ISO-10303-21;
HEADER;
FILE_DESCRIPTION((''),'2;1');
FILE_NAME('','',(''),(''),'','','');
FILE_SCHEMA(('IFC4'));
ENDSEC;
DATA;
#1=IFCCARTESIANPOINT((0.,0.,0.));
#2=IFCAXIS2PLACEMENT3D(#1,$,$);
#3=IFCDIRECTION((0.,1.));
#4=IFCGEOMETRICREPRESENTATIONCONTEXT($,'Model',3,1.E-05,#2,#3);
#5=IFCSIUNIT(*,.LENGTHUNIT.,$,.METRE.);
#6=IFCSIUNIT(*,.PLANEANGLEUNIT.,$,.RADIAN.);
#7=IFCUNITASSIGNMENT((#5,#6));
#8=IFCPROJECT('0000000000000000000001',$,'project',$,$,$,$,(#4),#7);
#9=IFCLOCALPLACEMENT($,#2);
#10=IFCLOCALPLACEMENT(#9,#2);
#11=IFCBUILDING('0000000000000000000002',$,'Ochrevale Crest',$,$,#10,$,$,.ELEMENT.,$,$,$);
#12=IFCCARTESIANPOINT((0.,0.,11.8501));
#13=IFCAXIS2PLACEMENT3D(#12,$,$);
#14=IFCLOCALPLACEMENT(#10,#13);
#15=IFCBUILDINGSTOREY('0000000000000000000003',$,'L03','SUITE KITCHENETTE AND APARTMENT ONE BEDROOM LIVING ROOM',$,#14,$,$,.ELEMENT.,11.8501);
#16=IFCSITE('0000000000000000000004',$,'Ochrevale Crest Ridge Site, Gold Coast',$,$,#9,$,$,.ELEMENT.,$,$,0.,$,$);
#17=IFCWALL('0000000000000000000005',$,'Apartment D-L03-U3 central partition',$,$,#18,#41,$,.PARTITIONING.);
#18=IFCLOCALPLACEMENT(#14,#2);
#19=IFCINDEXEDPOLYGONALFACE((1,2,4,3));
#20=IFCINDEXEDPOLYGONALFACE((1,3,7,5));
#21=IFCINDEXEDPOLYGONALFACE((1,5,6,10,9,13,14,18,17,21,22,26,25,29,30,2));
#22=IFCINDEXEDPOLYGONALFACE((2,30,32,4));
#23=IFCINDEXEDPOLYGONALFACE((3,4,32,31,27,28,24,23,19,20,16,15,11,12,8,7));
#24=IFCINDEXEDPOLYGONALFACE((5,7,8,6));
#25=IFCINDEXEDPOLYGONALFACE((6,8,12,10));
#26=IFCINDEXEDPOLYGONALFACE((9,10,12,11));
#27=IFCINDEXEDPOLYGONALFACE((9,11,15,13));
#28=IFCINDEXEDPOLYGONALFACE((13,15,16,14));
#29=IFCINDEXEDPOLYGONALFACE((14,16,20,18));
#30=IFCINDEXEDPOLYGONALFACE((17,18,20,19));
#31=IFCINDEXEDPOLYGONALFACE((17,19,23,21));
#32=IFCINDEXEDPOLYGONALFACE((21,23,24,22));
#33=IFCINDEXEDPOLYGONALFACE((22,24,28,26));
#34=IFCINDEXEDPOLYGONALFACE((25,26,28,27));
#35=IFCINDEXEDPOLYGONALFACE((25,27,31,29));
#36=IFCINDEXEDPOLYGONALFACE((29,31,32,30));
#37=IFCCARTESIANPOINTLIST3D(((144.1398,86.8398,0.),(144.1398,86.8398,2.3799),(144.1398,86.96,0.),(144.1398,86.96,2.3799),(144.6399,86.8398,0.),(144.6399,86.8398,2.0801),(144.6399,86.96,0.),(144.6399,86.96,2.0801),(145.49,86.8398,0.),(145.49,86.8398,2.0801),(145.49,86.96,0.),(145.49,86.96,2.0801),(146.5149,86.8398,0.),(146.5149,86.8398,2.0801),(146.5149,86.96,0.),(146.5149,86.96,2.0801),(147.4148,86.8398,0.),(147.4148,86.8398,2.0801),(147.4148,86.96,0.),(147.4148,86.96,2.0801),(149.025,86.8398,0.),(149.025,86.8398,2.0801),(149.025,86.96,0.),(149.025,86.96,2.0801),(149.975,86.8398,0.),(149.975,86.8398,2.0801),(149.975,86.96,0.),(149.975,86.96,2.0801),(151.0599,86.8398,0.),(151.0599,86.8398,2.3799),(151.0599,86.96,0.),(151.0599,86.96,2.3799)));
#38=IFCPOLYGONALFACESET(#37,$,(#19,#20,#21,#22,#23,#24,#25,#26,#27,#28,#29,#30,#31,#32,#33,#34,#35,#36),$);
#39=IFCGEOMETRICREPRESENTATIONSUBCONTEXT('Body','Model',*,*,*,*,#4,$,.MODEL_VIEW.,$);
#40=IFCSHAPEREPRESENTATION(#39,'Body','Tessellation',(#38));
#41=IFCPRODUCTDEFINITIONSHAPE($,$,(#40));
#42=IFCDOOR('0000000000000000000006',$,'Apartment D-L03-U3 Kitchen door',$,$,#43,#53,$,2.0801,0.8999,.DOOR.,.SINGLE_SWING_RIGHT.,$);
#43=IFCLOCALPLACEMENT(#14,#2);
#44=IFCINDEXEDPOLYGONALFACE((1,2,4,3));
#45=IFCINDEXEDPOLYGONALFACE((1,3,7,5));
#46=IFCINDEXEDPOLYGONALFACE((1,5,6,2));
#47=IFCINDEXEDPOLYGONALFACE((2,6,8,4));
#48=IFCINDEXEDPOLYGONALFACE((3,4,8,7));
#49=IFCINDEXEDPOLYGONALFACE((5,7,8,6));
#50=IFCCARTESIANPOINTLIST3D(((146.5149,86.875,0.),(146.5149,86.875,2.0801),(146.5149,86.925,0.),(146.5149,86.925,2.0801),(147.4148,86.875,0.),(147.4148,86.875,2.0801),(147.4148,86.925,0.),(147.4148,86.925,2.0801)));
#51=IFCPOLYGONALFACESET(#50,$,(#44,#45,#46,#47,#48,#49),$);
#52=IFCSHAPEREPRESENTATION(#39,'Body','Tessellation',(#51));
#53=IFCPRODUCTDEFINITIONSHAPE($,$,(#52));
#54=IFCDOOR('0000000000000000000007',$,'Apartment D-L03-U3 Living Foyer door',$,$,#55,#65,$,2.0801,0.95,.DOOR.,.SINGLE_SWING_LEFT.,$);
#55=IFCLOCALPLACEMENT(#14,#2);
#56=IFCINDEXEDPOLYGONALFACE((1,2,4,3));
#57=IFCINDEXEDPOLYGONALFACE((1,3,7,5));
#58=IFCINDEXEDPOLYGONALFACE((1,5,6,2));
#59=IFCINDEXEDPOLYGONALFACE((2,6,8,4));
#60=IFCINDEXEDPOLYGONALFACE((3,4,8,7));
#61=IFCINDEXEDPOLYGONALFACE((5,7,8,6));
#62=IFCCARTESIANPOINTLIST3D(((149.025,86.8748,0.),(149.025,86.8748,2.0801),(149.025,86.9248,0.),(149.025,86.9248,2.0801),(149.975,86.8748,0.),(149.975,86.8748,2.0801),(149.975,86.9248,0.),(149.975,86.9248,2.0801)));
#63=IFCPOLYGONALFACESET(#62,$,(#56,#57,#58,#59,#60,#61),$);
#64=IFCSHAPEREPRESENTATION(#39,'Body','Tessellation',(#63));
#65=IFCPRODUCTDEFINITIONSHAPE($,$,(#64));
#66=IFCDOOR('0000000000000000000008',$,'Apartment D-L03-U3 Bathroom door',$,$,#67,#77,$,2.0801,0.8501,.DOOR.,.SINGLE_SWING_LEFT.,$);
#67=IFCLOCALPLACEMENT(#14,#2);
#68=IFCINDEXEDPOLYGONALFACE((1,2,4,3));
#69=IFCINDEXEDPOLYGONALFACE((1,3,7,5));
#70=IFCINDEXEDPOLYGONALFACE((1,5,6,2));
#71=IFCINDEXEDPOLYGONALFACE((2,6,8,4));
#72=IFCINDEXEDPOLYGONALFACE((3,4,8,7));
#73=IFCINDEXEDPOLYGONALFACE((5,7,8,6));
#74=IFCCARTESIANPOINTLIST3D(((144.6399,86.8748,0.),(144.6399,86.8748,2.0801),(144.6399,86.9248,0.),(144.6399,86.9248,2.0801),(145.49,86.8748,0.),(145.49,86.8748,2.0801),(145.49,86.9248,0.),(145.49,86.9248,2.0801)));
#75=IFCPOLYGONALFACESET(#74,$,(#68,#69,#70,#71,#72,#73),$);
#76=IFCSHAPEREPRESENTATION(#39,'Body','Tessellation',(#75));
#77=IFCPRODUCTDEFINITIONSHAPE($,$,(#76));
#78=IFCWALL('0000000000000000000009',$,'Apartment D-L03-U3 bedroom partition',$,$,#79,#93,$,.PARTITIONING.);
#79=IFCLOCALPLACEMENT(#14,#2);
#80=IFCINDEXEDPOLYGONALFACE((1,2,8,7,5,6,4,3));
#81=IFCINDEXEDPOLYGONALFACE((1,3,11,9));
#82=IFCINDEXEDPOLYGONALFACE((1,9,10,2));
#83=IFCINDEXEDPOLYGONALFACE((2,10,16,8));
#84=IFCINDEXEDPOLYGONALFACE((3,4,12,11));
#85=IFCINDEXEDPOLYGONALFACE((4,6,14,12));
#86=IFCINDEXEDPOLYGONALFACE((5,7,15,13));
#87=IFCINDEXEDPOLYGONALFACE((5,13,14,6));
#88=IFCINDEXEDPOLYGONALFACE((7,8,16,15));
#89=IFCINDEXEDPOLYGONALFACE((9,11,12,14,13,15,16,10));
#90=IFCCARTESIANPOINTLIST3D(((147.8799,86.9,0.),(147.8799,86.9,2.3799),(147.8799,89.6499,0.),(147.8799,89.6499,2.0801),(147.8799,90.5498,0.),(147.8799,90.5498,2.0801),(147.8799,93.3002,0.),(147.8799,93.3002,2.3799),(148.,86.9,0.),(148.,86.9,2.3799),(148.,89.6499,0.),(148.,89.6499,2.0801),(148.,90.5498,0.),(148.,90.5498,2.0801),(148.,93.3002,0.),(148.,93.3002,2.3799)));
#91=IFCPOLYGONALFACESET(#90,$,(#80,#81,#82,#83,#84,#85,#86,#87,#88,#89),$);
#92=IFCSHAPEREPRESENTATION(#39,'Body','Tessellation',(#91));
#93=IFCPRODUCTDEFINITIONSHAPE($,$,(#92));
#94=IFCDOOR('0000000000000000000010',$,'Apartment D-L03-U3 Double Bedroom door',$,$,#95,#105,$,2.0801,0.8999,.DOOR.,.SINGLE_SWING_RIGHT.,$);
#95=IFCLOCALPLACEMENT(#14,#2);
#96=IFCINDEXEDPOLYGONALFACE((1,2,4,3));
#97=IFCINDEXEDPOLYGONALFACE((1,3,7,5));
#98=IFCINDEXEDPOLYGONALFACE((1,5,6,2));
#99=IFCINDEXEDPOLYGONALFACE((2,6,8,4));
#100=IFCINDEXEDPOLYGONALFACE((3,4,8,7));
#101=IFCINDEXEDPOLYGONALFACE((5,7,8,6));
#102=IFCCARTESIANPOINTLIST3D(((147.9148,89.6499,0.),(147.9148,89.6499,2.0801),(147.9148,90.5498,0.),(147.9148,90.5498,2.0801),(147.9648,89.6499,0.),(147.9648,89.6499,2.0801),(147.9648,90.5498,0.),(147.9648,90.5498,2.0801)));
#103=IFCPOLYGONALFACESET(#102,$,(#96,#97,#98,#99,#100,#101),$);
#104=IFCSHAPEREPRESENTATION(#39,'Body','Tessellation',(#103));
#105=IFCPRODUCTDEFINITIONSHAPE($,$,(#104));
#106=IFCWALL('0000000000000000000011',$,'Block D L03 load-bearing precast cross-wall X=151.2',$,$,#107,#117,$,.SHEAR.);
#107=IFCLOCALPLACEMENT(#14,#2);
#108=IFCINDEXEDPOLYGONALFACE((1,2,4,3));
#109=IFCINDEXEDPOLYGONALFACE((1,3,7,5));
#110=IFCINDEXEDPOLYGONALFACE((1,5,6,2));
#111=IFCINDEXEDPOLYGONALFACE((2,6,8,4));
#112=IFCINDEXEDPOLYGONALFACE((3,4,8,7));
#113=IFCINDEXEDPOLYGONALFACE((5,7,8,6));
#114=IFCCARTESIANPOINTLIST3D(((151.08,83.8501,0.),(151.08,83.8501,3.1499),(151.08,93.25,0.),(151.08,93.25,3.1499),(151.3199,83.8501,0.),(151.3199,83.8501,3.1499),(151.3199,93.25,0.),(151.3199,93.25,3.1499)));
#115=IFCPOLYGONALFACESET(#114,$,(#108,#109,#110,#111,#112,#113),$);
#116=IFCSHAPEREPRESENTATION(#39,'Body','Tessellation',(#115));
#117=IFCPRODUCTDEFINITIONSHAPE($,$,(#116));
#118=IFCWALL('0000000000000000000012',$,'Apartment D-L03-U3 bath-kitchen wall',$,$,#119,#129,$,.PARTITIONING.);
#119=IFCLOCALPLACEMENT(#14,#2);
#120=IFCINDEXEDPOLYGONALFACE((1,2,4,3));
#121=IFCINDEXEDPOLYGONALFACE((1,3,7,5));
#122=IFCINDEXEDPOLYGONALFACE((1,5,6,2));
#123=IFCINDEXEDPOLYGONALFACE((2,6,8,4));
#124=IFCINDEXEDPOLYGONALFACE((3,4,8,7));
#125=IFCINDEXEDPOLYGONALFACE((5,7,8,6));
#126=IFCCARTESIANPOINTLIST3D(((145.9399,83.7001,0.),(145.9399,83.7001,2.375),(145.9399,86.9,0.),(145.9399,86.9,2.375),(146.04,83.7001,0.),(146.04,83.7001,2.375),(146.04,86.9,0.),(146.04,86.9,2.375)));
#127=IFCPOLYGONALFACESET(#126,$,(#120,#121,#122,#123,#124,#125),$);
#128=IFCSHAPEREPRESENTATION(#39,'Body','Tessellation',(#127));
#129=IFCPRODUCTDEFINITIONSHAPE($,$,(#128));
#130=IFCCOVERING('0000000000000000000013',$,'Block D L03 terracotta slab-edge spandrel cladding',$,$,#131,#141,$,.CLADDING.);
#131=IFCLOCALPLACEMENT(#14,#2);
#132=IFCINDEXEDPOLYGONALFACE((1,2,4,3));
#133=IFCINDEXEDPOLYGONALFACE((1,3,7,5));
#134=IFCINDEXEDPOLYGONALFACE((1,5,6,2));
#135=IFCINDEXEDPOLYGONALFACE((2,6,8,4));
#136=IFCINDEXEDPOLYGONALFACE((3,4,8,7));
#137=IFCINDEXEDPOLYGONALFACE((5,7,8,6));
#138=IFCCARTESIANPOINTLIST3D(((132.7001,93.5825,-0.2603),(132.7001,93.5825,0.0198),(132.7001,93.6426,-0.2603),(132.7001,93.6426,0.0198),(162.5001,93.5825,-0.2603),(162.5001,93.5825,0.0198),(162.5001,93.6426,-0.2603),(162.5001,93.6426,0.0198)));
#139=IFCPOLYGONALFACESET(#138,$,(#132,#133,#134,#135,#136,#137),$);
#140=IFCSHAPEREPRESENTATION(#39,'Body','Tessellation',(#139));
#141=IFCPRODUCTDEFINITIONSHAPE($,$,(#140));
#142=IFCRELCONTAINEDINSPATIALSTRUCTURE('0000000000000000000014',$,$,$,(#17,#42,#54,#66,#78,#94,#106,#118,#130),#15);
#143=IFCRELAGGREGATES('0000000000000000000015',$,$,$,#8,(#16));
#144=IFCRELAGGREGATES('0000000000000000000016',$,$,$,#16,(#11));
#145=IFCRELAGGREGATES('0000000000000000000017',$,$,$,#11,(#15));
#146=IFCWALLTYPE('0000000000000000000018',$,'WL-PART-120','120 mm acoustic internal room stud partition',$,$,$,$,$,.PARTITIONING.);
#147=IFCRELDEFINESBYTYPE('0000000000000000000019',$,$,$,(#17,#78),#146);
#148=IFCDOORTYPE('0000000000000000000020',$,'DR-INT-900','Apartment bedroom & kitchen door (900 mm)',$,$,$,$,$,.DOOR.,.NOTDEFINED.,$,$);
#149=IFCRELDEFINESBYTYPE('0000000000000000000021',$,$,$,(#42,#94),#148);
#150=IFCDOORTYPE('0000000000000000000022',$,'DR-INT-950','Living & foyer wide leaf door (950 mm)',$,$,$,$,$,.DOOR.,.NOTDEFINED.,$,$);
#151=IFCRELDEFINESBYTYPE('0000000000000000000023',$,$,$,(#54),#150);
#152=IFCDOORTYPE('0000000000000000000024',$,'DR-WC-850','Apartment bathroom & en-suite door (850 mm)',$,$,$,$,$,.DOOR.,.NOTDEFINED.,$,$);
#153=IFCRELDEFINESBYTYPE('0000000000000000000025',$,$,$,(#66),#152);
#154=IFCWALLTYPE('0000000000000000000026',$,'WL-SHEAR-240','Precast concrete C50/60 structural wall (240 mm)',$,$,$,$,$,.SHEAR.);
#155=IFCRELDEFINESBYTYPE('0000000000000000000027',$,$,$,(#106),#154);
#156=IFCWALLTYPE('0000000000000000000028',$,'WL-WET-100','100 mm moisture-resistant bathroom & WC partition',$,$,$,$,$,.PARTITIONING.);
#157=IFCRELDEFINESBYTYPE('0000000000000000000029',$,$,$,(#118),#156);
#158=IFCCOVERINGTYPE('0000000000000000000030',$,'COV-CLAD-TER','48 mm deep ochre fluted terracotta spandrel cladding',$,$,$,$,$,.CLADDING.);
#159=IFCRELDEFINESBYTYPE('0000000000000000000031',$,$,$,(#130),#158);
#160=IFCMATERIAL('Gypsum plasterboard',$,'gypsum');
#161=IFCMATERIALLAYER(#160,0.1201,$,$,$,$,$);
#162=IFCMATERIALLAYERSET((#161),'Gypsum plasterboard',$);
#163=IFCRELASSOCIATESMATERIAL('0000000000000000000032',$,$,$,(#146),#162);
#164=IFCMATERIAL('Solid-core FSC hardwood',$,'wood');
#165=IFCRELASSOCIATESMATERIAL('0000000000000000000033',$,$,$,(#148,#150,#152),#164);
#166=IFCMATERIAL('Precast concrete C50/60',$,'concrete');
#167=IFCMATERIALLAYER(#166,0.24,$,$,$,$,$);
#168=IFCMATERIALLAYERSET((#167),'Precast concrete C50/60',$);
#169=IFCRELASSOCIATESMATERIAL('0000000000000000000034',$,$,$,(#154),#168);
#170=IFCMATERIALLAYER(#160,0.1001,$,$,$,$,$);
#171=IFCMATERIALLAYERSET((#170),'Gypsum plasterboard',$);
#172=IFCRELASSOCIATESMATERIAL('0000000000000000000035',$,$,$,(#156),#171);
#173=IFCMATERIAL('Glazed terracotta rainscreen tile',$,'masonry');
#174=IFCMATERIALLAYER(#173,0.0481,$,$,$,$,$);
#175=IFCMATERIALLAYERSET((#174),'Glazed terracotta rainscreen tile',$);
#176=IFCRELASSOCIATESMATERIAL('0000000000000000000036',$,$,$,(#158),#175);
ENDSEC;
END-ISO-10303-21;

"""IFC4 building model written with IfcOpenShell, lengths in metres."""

from ifc_helpers import new_model, si_unit, direction, frame, frame_2d, origin, origin_2d, place, context, subcontext, project, spatial, rectangle, extrude, material, layer, layer_set, type_object, element, fill, save


model = new_model("IFC4")

# Units and contexts
model_context = context("Model", 3, precision=1e-05, world=origin(), true_north=direction((0.0, 1.0)))
body_context = subcontext(model_context, "Body", "Model", "MODEL_VIEW")
ifc_project = project(units=[si_unit("LENGTHUNIT", "METRE"), si_unit("PLANEANGLEUNIT", "RADIAN")], contexts=[model_context])

# Site, building, storey
site_placement = place(None, origin())
site = spatial("IfcSite", under=ifc_project, at=site_placement, Name="Ochrevale Crest Ridge Site, Gold Coast", CompositionType="ELEMENT", RefElevation=0.0)
building_placement = place(site_placement, origin())
building = spatial("IfcBuilding", under=site, at=building_placement, Name="Ochrevale Crest", CompositionType="ELEMENT")
storey_placement = place(building_placement, frame((0.0, 0.0, 11.8501)))
storey = spatial("IfcBuildingStorey", under=building, at=storey_placement, Name="L03", Description="SUITE KITCHENETTE AND APARTMENT ONE BEDROOM LIVING ROOM", CompositionType="ELEMENT", Elevation=11.8501)

# Shared definitions
ifc_material_1 = material(Name="Precast concrete C50/60", Category="concrete")

# Shared definitions
ifc_material_2 = material(Name="Gypsum plasterboard", Category="gypsum")
ifc_material_3 = material(Name="Solid-core FSC hardwood", Category="wood")

# Shared definitions
ifc_layer_1 = layer(ifc_material_2, 0.1201)
ifc_layer_set_1 = layer_set([ifc_layer_1], Name="Gypsum plasterboard")
wall_type_1 = type_object("IfcWallType", Name="WL-PART-120", Description="120 mm acoustic internal room stud partition", PredefinedType="PARTITIONING", material=ifc_layer_set_1)

# Wall, openings, doors
wall_1_placement = place(storey_placement, frame((144.1399, 86.8999, 0.0), z_axis=(0.0, 0.0, 1.0), x_axis=(1.0, 0.0, 0.0)))
wall_1 = element("IfcWall", 1, at=wall_1_placement, inside=storey, type_object=wall_type_1, Name="Apartment D-L03-U3 central partition", PredefinedType="PARTITIONING", context=body_context, shape_type="SweptSolid", body=[
    extrude(rectangle(XDim=6.9202, YDim=0.1201, at=frame_2d((3.46, 0.0))), origin(), (0.0, 0.0, 1.0), 2.3799),
])
opening_1_placement = place(wall_1_placement, frame((0.5, 0.0, 0.0)))
opening_1 = element("IfcOpeningElement", 2, at=opening_1_placement, cuts=wall_1, PredefinedType="OPENING", context=body_context, shape_type="SweptSolid", body=[
    extrude(rectangle(XDim=0.8501, YDim=2.0801, at=frame_2d((0.425, 1.04))), frame((0.0, 0.0701, 0.0), z_axis=(0.0, -1.0, 0.0), x_axis=(1.0, 0.0, 0.0)), (0.0, 0.0, 1.0), 0.1401),
])
opening_2_placement = place(wall_1_placement, frame((3.2749, 0.0, 0.0), z_axis=(0.0, 0.0, 1.0), x_axis=(-1.0, 0.0, 0.0)))
opening_2 = element("IfcOpeningElement", 3, at=opening_2_placement, cuts=wall_1, PredefinedType="OPENING", context=body_context, shape_type="SweptSolid", body=[
    extrude(rectangle(XDim=0.8999, YDim=2.0801, at=frame_2d((0.45, 1.04))), frame((0.0, 0.0701, 0.0), z_axis=(0.0, -1.0, 0.0), x_axis=(1.0, 0.0, 0.0)), (0.0, 0.0, 1.0), 0.1401),
])
opening_3_placement = place(wall_1_placement, frame((4.885, 0.0, 0.0)))
opening_3 = element("IfcOpeningElement", 4, at=opening_3_placement, cuts=wall_1, PredefinedType="OPENING", context=body_context, shape_type="SweptSolid", body=[
    extrude(rectangle(XDim=0.95, YDim=2.0801, at=frame_2d((0.4751, 1.04))), frame((0.0, 0.0701, 0.0), z_axis=(0.0, -1.0, 0.0), x_axis=(1.0, 0.0, 0.0)), (0.0, 0.0, 1.0), 0.1401),
])
door_type_1 = type_object("IfcDoorType", Name="DR-INT-900", Description="Apartment bedroom & kitchen door (900 mm)", OperationType="NOTDEFINED", PredefinedType="DOOR", material=ifc_material_3)
door_1_placement = place(opening_2_placement, origin())
door_1 = element("IfcDoor", 5, at=door_1_placement, inside=storey, type_object=door_type_1, Name="Apartment D-L03-U3 Kitchen door", OperationType="SINGLE_SWING_RIGHT", OverallHeight=2.0801, OverallWidth=0.8999, PredefinedType="DOOR", context=body_context, shape_type="SweptSolid", body=[
    extrude(rectangle(XDim=0.8999, YDim=2.0801, at=frame_2d((0.45, 1.04))), frame((0.0, 0.0249, 0.0), z_axis=(0.0, -1.0, 0.0), x_axis=(1.0, 0.0, 0.0)), (0.0, 0.0, 1.0), 0.05),
])
fill(opening_2, door_1)
door_type_2 = type_object("IfcDoorType", Name="DR-INT-950", Description="Living & foyer wide leaf door (950 mm)", OperationType="NOTDEFINED", PredefinedType="DOOR", material=ifc_material_3)
door_2_placement = place(opening_3_placement, origin())
door_2 = element("IfcDoor", 6, at=door_2_placement, inside=storey, type_object=door_type_2, Name="Apartment D-L03-U3 Living Foyer door", OperationType="SINGLE_SWING_LEFT", OverallHeight=2.0801, OverallWidth=0.95, PredefinedType="DOOR", context=body_context, shape_type="SweptSolid", body=[
    extrude(rectangle(XDim=0.95, YDim=2.0801, at=frame_2d((0.4751, 1.04))), frame((0.0, 0.0249, 0.0), z_axis=(0.0, -1.0, 0.0), x_axis=(1.0, 0.0, 0.0)), (0.0, 0.0, 1.0), 0.05),
])
fill(opening_3, door_2)
door_type_3 = type_object("IfcDoorType", Name="DR-WC-850", Description="Apartment bathroom & en-suite door (850 mm)", OperationType="NOTDEFINED", PredefinedType="DOOR", material=ifc_material_3)
door_3_placement = place(opening_1_placement, origin())
door_3 = element("IfcDoor", 7, at=door_3_placement, inside=storey, type_object=door_type_3, Name="Apartment D-L03-U3 Bathroom door", OperationType="SINGLE_SWING_LEFT", OverallHeight=2.0801, OverallWidth=0.8501, PredefinedType="DOOR", context=body_context, shape_type="SweptSolid", body=[
    extrude(rectangle(XDim=0.8501, YDim=2.0801, at=frame_2d((0.425, 1.04))), frame((0.0, 0.0249, 0.0), z_axis=(0.0, -1.0, 0.0), x_axis=(1.0, 0.0, 0.0)), (0.0, 0.0, 1.0), 0.05),
])
fill(opening_1, door_3)

# Wall, opening, door
wall_2_placement = place(storey_placement, frame((147.9399, 86.8999, 0.0), z_axis=(0.0, 0.0, 1.0), x_axis=(0.0, 1.0, 0.0)))
wall_2 = element("IfcWall", 8, at=wall_2_placement, inside=storey, type_object=wall_type_1, Name="Apartment D-L03-U3 bedroom partition", PredefinedType="PARTITIONING", context=body_context, shape_type="SweptSolid", body=[
    extrude(rectangle(XDim=6.4001, YDim=0.1201, at=frame_2d((3.2002, 0.0))), origin(), (0.0, 0.0, 1.0), 2.3799),
])
opening_4_placement = place(wall_2_placement, frame((3.6499, 0.0, 0.0), z_axis=(0.0, 0.0, 1.0), x_axis=(-1.0, 0.0, 0.0)))
opening_4 = element("IfcOpeningElement", 9, at=opening_4_placement, cuts=wall_2, PredefinedType="OPENING", context=body_context, shape_type="SweptSolid", body=[
    extrude(rectangle(XDim=0.8999, YDim=2.0801, at=frame_2d((0.45, 1.04))), frame((0.0, 0.0701, 0.0), z_axis=(0.0, -1.0, 0.0), x_axis=(1.0, 0.0, 0.0)), (0.0, 0.0, 1.0), 0.1401),
])
door_4_placement = place(opening_4_placement, origin())
door_4 = element("IfcDoor", 10, at=door_4_placement, inside=storey, type_object=door_type_1, Name="Apartment D-L03-U3 Double Bedroom door", OperationType="SINGLE_SWING_RIGHT", OverallHeight=2.0801, OverallWidth=0.8999, PredefinedType="DOOR", context=body_context, shape_type="SweptSolid", body=[
    extrude(rectangle(XDim=0.8999, YDim=2.0801, at=frame_2d((0.45, 1.04))), frame((0.0, 0.0249, 0.0), z_axis=(0.0, -1.0, 0.0), x_axis=(1.0, 0.0, 0.0)), (0.0, 0.0, 1.0), 0.05),
])
fill(opening_4, door_4)

# Walls
ifc_layer_2 = layer(ifc_material_1, 0.24)
ifc_layer_set_2 = layer_set([ifc_layer_2], Name="Precast concrete C50/60")
wall_type_2 = type_object("IfcWallType", Name="WL-SHEAR-240", Description="Precast concrete C50/60 structural wall (240 mm)", PredefinedType="SHEAR", material=ifc_layer_set_2)
wall_3_placement = place(storey_placement, frame((151.2, 83.8501, 0.0), z_axis=(0.0, 0.0, 1.0), x_axis=(0.0, 1.0, 0.0)))
element("IfcWall", 11, at=wall_3_placement, inside=storey, type_object=wall_type_2, Name="Block D L03 load-bearing precast cross-wall X=151.2", PredefinedType="SHEAR", context=body_context, shape_type="SweptSolid", body=[
    extrude(rectangle(XDim=9.3999, YDim=0.24, at=frame_2d((4.7, 0.0))), origin(), (0.0, 0.0, 1.0), 3.1499),
])
ifc_layer_3 = layer(ifc_material_2, 0.1001)
ifc_layer_set_3 = layer_set([ifc_layer_3], Name="Gypsum plasterboard")
wall_type_3 = type_object("IfcWallType", Name="WL-WET-100", Description="100 mm moisture-resistant bathroom & WC partition", PredefinedType="PARTITIONING", material=ifc_layer_set_3)
wall_4_placement = place(storey_placement, frame((145.99, 83.7, 0.0), z_axis=(0.0, 0.0, 1.0), x_axis=(0.0, 1.0, 0.0)))
element("IfcWall", 12, at=wall_4_placement, inside=storey, type_object=wall_type_3, Name="Apartment D-L03-U3 bath-kitchen wall", PredefinedType="PARTITIONING", context=body_context, shape_type="SweptSolid", body=[
    extrude(rectangle(XDim=3.2, YDim=0.1001, at=frame_2d((1.6001, 0.0))), origin(), (0.0, 0.0, 1.0), 2.375),
])

# Covering
ifc_material_4 = material(Name="Glazed terracotta rainscreen tile", Category="masonry")
ifc_layer_4 = layer(ifc_material_4, 0.0481)
ifc_layer_set_4 = layer_set([ifc_layer_4], Name="Glazed terracotta rainscreen tile")
covering_type = type_object("IfcCoveringType", Name="COV-CLAD-TER", Description="48 mm deep ochre fluted terracotta spandrel cladding", PredefinedType="CLADDING", material=ifc_layer_set_4)
covering_placement = place(storey_placement, frame((147.6001, 93.6125, -0.2603), z_axis=(0.0, 0.0, 1.0), x_axis=(-1.0, 0.0, 0.0)))
element("IfcCovering", 13, at=covering_placement, inside=storey, type_object=covering_type, Name="Block D L03 terracotta slab-edge spandrel cladding", PredefinedType="CLADDING", context=body_context, shape_type="SweptSolid", body=[
    extrude(rectangle(XDim=29.8, YDim=0.0601, at=origin_2d()), origin(), (0.0, 0.0, 1.0), 0.28),
])

save(model, "model.ifc")
